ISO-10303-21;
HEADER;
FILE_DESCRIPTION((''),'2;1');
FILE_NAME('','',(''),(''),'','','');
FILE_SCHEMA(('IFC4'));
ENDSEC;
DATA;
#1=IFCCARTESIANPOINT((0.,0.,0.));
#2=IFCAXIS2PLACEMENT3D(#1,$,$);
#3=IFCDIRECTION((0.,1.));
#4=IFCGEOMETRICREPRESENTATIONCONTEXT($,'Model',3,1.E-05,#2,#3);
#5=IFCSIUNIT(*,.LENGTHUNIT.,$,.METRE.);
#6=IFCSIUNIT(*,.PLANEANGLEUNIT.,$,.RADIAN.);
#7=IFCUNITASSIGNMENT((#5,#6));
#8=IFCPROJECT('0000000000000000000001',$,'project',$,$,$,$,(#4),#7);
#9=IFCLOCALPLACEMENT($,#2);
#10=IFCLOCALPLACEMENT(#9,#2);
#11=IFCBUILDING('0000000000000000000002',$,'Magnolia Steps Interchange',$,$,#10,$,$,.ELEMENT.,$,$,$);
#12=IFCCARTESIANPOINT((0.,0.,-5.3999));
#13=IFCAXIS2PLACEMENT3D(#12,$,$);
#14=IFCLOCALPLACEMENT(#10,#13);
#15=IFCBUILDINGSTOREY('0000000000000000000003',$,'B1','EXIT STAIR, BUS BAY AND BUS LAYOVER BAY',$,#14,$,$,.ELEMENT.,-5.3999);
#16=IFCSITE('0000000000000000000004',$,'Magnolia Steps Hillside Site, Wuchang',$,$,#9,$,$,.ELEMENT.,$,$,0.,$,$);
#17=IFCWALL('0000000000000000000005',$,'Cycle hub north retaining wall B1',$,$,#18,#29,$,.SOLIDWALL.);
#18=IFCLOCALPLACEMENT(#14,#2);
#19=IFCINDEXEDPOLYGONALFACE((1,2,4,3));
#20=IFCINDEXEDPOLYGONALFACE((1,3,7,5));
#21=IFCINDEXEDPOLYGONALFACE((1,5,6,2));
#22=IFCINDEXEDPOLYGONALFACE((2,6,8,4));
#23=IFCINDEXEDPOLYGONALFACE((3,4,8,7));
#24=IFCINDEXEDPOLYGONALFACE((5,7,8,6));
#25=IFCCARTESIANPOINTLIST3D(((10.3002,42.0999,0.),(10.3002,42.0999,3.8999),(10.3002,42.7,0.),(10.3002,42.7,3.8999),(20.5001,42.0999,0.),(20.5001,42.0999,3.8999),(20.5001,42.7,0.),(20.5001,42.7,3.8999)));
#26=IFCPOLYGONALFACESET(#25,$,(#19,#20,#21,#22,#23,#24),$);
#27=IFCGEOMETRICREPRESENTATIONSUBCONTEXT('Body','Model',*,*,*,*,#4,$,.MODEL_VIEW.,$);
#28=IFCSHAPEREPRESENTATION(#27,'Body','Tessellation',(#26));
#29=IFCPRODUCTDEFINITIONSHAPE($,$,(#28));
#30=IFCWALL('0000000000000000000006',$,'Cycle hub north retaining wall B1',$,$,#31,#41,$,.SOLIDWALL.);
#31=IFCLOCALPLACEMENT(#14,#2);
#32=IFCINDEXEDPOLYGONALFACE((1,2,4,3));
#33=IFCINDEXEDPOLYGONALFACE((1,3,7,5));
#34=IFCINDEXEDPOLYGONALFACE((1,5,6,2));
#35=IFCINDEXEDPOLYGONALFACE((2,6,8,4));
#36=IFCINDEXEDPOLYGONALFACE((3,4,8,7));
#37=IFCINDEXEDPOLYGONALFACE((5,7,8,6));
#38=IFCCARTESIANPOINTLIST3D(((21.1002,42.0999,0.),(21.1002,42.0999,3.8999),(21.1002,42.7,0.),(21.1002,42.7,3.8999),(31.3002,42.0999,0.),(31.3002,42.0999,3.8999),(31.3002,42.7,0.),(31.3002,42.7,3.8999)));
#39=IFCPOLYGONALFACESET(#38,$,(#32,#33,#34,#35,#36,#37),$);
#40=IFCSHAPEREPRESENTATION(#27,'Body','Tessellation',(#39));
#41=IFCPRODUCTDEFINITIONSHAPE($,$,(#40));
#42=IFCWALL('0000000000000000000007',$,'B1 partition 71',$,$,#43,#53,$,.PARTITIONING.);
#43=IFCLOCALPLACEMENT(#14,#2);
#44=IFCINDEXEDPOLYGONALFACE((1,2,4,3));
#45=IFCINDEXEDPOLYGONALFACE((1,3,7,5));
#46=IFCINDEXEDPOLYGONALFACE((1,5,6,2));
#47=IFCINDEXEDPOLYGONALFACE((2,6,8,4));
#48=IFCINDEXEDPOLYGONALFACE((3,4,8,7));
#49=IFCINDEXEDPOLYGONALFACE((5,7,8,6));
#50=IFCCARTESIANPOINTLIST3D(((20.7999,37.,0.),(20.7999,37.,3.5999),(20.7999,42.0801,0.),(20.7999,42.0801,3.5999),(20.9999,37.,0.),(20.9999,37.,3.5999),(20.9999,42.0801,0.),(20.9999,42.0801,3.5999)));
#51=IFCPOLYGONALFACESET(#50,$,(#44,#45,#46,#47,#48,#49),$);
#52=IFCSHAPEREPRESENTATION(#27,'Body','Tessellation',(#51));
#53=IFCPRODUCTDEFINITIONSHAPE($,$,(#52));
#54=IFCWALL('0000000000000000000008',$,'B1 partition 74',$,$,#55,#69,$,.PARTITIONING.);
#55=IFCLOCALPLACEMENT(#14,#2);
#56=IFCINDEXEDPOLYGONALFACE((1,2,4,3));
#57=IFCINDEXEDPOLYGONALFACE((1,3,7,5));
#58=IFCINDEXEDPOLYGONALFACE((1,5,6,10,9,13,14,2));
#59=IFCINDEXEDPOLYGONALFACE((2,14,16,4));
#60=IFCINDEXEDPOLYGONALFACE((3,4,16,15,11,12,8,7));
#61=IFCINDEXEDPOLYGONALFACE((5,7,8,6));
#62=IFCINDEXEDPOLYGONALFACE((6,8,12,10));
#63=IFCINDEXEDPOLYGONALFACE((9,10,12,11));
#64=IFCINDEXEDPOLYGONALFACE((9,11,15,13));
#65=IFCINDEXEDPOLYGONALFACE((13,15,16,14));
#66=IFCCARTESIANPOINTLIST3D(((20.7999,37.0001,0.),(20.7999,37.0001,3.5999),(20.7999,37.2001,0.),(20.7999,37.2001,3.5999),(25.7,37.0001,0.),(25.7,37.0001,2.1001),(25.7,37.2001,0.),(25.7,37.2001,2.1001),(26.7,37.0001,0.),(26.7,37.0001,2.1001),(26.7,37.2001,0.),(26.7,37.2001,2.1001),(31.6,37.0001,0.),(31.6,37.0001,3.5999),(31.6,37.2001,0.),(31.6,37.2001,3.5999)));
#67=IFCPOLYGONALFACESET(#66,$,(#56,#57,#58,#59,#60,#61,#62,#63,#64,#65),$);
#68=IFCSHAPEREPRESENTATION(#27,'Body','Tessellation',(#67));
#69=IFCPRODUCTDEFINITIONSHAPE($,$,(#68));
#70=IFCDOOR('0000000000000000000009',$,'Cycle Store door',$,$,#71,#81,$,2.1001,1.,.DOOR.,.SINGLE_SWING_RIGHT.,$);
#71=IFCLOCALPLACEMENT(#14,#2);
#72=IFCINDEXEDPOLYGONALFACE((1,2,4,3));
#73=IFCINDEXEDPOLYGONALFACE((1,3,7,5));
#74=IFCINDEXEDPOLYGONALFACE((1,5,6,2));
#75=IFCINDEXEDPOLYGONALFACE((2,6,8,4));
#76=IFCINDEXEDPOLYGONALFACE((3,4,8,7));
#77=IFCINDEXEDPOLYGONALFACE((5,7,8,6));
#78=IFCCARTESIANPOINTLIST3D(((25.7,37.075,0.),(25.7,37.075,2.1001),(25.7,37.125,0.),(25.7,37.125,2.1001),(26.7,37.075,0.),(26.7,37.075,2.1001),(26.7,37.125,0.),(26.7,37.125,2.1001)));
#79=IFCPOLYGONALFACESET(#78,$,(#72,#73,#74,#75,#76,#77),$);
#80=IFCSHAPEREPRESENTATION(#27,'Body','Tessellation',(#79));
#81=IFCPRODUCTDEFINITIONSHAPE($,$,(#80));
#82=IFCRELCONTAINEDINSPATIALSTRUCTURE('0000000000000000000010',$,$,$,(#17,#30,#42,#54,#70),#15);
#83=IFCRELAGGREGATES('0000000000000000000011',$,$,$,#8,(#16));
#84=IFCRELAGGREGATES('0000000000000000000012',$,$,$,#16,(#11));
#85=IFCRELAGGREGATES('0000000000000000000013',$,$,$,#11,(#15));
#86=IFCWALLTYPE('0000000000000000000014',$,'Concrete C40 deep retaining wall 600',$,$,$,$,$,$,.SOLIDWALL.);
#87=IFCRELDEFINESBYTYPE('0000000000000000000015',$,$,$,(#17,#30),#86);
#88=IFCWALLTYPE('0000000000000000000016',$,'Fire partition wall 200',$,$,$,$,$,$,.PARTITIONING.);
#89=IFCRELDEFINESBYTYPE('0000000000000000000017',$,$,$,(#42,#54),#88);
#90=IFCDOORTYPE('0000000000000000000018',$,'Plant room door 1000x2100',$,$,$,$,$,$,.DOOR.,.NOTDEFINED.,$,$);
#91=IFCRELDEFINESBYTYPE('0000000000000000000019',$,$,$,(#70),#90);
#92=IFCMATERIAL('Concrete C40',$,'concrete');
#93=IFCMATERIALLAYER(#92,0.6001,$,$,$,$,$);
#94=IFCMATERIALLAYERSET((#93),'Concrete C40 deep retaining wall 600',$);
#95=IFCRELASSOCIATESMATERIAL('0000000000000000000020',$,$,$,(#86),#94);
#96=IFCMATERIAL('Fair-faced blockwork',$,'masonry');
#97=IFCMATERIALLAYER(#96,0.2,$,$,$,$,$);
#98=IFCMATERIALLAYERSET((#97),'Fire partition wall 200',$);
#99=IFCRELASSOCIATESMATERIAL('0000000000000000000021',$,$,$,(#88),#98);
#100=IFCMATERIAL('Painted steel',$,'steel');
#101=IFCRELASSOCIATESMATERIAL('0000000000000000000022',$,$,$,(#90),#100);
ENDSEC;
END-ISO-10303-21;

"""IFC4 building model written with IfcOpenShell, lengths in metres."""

from ifc_helpers import new_model, si_unit, direction, frame, frame_2d, origin, place, context, subcontext, project, spatial, rectangle, extrude, material, layer, layer_set, type_object, element, fill, save


model = new_model("IFC4")

# Units and contexts
model_context = context("Model", 3, precision=1e-05, world=origin(), true_north=direction((0.0, 1.0)))
body_context = subcontext(model_context, "Body", "Model", "MODEL_VIEW")
ifc_project = project(units=[si_unit("LENGTHUNIT", "METRE"), si_unit("PLANEANGLEUNIT", "RADIAN")], contexts=[model_context])

# Site, building, storey
site_placement = place(None, origin())
site = spatial("IfcSite", under=ifc_project, at=site_placement, Name="Magnolia Steps Hillside Site, Wuchang", CompositionType="ELEMENT", RefElevation=0.0)
building_placement = place(site_placement, origin())
building = spatial("IfcBuilding", under=site, at=building_placement, Name="Magnolia Steps Interchange", CompositionType="ELEMENT")
storey_placement = place(building_placement, frame((0.0, 0.0, -5.3999)))
storey = spatial("IfcBuildingStorey", under=building, at=storey_placement, Name="B1", Description="EXIT STAIR, BUS BAY AND BUS LAYOVER BAY", CompositionType="ELEMENT", Elevation=-5.3999)

# Walls
ifc_material_1 = material(Name="Concrete C40", Category="concrete")
ifc_layer_1 = layer(ifc_material_1, 0.6001)
ifc_layer_set_1 = layer_set([ifc_layer_1], Name="Concrete C40 deep retaining wall 600")
wall_type_1 = type_object("IfcWallType", Name="Concrete C40 deep retaining wall 600", PredefinedType="SOLIDWALL", material=ifc_layer_set_1)
for number, where, z_axis, x_axis, name in (
    (1, (10.3, 42.3999, 0.0), (0.0, 0.0, 1.0), (1.0, 0.0, 0.0), "Cycle hub north retaining wall B1"),
    (2, (21.1001, 42.3999, 0.0), (0.0, 0.0, 1.0), (1.0, 0.0, 0.0), "Cycle hub north retaining wall B1"),
):
    element("IfcWall", number, at=place(storey_placement, frame(where, z_axis=z_axis, x_axis=x_axis)), inside=storey, type_object=wall_type_1, Name=name, PredefinedType="SOLIDWALL", context=body_context, shape_type="SweptSolid", body=[
        extrude(rectangle(XDim=10.2, YDim=0.6001, at=frame_2d((5.1001, 0.0))), origin(), (0.0, 0.0, 1.0), 3.8999),
    ])
ifc_material_2 = material(Name="Fair-faced blockwork", Category="masonry")
ifc_layer_2 = layer(ifc_material_2, 0.2)
ifc_layer_set_2 = layer_set([ifc_layer_2], Name="Fire partition wall 200")
wall_type_2 = type_object("IfcWallType", Name="Fire partition wall 200", PredefinedType="PARTITIONING", material=ifc_layer_set_2)
wall_1_placement = place(storey_placement, frame((20.8999, 37.0, 0.0), z_axis=(0.0, 0.0, 1.0), x_axis=(0.0, 1.0, 0.0)))
element("IfcWall", 3, at=wall_1_placement, inside=storey, type_object=wall_type_2, Name="B1 partition 71", PredefinedType="PARTITIONING", context=body_context, shape_type="SweptSolid", body=[
    extrude(rectangle(XDim=5.0801, YDim=0.2, at=frame_2d((2.54, 0.0))), origin(), (0.0, 0.0, 1.0), 3.5999),
])

# Wall, opening, door
wall_2_placement = place(storey_placement, frame((20.8, 37.1001, 0.0), z_axis=(0.0, 0.0, 1.0), x_axis=(1.0, 0.0, 0.0)))
wall_2 = element("IfcWall", 4, at=wall_2_placement, inside=storey, type_object=wall_type_2, Name="B1 partition 74", PredefinedType="PARTITIONING", context=body_context, shape_type="SweptSolid", body=[
    extrude(rectangle(XDim=10.8, YDim=0.2, at=frame_2d((5.3999, 0.0))), origin(), (0.0, 0.0, 1.0), 3.5999),
])
opening_1_placement = place(wall_2_placement, frame((4.8999, 0.0, 0.0)))
opening_1 = element("IfcOpeningElement", 5, at=opening_1_placement, cuts=wall_2, PredefinedType="OPENING", context=body_context, shape_type="SweptSolid", body=[
    extrude(rectangle(XDim=1.0, YDim=2.1001, at=frame_2d((0.5, 1.05))), frame((0.0, 0.1099, 0.0), z_axis=(0.0, -1.0, 0.0), x_axis=(1.0, 0.0, 0.0)), (0.0, 0.0, 1.0), 0.22),
])
ifc_material_3 = material(Name="Painted steel", Category="steel")
door_type_1 = type_object("IfcDoorType", Name="Plant room door 1000x2100", OperationType="NOTDEFINED", PredefinedType="DOOR", material=ifc_material_3)
door_1_placement = place(opening_1_placement, origin())
door_1 = element("IfcDoor", 6, at=door_1_placement, inside=storey, type_object=door_type_1, Name="Cycle Store door", OperationType="SINGLE_SWING_RIGHT", OverallHeight=2.1001, OverallWidth=1.0, PredefinedType="DOOR", context=body_context, shape_type="SweptSolid", body=[
    extrude(rectangle(XDim=1.0, YDim=2.1001, at=frame_2d((0.5, 1.05))), frame((0.0, 0.0249, 0.0), z_axis=(0.0, -1.0, 0.0), x_axis=(1.0, 0.0, 0.0)), (0.0, 0.0, 1.0), 0.05),
])
fill(opening_1, door_1)

save(model, "model.ifc")
